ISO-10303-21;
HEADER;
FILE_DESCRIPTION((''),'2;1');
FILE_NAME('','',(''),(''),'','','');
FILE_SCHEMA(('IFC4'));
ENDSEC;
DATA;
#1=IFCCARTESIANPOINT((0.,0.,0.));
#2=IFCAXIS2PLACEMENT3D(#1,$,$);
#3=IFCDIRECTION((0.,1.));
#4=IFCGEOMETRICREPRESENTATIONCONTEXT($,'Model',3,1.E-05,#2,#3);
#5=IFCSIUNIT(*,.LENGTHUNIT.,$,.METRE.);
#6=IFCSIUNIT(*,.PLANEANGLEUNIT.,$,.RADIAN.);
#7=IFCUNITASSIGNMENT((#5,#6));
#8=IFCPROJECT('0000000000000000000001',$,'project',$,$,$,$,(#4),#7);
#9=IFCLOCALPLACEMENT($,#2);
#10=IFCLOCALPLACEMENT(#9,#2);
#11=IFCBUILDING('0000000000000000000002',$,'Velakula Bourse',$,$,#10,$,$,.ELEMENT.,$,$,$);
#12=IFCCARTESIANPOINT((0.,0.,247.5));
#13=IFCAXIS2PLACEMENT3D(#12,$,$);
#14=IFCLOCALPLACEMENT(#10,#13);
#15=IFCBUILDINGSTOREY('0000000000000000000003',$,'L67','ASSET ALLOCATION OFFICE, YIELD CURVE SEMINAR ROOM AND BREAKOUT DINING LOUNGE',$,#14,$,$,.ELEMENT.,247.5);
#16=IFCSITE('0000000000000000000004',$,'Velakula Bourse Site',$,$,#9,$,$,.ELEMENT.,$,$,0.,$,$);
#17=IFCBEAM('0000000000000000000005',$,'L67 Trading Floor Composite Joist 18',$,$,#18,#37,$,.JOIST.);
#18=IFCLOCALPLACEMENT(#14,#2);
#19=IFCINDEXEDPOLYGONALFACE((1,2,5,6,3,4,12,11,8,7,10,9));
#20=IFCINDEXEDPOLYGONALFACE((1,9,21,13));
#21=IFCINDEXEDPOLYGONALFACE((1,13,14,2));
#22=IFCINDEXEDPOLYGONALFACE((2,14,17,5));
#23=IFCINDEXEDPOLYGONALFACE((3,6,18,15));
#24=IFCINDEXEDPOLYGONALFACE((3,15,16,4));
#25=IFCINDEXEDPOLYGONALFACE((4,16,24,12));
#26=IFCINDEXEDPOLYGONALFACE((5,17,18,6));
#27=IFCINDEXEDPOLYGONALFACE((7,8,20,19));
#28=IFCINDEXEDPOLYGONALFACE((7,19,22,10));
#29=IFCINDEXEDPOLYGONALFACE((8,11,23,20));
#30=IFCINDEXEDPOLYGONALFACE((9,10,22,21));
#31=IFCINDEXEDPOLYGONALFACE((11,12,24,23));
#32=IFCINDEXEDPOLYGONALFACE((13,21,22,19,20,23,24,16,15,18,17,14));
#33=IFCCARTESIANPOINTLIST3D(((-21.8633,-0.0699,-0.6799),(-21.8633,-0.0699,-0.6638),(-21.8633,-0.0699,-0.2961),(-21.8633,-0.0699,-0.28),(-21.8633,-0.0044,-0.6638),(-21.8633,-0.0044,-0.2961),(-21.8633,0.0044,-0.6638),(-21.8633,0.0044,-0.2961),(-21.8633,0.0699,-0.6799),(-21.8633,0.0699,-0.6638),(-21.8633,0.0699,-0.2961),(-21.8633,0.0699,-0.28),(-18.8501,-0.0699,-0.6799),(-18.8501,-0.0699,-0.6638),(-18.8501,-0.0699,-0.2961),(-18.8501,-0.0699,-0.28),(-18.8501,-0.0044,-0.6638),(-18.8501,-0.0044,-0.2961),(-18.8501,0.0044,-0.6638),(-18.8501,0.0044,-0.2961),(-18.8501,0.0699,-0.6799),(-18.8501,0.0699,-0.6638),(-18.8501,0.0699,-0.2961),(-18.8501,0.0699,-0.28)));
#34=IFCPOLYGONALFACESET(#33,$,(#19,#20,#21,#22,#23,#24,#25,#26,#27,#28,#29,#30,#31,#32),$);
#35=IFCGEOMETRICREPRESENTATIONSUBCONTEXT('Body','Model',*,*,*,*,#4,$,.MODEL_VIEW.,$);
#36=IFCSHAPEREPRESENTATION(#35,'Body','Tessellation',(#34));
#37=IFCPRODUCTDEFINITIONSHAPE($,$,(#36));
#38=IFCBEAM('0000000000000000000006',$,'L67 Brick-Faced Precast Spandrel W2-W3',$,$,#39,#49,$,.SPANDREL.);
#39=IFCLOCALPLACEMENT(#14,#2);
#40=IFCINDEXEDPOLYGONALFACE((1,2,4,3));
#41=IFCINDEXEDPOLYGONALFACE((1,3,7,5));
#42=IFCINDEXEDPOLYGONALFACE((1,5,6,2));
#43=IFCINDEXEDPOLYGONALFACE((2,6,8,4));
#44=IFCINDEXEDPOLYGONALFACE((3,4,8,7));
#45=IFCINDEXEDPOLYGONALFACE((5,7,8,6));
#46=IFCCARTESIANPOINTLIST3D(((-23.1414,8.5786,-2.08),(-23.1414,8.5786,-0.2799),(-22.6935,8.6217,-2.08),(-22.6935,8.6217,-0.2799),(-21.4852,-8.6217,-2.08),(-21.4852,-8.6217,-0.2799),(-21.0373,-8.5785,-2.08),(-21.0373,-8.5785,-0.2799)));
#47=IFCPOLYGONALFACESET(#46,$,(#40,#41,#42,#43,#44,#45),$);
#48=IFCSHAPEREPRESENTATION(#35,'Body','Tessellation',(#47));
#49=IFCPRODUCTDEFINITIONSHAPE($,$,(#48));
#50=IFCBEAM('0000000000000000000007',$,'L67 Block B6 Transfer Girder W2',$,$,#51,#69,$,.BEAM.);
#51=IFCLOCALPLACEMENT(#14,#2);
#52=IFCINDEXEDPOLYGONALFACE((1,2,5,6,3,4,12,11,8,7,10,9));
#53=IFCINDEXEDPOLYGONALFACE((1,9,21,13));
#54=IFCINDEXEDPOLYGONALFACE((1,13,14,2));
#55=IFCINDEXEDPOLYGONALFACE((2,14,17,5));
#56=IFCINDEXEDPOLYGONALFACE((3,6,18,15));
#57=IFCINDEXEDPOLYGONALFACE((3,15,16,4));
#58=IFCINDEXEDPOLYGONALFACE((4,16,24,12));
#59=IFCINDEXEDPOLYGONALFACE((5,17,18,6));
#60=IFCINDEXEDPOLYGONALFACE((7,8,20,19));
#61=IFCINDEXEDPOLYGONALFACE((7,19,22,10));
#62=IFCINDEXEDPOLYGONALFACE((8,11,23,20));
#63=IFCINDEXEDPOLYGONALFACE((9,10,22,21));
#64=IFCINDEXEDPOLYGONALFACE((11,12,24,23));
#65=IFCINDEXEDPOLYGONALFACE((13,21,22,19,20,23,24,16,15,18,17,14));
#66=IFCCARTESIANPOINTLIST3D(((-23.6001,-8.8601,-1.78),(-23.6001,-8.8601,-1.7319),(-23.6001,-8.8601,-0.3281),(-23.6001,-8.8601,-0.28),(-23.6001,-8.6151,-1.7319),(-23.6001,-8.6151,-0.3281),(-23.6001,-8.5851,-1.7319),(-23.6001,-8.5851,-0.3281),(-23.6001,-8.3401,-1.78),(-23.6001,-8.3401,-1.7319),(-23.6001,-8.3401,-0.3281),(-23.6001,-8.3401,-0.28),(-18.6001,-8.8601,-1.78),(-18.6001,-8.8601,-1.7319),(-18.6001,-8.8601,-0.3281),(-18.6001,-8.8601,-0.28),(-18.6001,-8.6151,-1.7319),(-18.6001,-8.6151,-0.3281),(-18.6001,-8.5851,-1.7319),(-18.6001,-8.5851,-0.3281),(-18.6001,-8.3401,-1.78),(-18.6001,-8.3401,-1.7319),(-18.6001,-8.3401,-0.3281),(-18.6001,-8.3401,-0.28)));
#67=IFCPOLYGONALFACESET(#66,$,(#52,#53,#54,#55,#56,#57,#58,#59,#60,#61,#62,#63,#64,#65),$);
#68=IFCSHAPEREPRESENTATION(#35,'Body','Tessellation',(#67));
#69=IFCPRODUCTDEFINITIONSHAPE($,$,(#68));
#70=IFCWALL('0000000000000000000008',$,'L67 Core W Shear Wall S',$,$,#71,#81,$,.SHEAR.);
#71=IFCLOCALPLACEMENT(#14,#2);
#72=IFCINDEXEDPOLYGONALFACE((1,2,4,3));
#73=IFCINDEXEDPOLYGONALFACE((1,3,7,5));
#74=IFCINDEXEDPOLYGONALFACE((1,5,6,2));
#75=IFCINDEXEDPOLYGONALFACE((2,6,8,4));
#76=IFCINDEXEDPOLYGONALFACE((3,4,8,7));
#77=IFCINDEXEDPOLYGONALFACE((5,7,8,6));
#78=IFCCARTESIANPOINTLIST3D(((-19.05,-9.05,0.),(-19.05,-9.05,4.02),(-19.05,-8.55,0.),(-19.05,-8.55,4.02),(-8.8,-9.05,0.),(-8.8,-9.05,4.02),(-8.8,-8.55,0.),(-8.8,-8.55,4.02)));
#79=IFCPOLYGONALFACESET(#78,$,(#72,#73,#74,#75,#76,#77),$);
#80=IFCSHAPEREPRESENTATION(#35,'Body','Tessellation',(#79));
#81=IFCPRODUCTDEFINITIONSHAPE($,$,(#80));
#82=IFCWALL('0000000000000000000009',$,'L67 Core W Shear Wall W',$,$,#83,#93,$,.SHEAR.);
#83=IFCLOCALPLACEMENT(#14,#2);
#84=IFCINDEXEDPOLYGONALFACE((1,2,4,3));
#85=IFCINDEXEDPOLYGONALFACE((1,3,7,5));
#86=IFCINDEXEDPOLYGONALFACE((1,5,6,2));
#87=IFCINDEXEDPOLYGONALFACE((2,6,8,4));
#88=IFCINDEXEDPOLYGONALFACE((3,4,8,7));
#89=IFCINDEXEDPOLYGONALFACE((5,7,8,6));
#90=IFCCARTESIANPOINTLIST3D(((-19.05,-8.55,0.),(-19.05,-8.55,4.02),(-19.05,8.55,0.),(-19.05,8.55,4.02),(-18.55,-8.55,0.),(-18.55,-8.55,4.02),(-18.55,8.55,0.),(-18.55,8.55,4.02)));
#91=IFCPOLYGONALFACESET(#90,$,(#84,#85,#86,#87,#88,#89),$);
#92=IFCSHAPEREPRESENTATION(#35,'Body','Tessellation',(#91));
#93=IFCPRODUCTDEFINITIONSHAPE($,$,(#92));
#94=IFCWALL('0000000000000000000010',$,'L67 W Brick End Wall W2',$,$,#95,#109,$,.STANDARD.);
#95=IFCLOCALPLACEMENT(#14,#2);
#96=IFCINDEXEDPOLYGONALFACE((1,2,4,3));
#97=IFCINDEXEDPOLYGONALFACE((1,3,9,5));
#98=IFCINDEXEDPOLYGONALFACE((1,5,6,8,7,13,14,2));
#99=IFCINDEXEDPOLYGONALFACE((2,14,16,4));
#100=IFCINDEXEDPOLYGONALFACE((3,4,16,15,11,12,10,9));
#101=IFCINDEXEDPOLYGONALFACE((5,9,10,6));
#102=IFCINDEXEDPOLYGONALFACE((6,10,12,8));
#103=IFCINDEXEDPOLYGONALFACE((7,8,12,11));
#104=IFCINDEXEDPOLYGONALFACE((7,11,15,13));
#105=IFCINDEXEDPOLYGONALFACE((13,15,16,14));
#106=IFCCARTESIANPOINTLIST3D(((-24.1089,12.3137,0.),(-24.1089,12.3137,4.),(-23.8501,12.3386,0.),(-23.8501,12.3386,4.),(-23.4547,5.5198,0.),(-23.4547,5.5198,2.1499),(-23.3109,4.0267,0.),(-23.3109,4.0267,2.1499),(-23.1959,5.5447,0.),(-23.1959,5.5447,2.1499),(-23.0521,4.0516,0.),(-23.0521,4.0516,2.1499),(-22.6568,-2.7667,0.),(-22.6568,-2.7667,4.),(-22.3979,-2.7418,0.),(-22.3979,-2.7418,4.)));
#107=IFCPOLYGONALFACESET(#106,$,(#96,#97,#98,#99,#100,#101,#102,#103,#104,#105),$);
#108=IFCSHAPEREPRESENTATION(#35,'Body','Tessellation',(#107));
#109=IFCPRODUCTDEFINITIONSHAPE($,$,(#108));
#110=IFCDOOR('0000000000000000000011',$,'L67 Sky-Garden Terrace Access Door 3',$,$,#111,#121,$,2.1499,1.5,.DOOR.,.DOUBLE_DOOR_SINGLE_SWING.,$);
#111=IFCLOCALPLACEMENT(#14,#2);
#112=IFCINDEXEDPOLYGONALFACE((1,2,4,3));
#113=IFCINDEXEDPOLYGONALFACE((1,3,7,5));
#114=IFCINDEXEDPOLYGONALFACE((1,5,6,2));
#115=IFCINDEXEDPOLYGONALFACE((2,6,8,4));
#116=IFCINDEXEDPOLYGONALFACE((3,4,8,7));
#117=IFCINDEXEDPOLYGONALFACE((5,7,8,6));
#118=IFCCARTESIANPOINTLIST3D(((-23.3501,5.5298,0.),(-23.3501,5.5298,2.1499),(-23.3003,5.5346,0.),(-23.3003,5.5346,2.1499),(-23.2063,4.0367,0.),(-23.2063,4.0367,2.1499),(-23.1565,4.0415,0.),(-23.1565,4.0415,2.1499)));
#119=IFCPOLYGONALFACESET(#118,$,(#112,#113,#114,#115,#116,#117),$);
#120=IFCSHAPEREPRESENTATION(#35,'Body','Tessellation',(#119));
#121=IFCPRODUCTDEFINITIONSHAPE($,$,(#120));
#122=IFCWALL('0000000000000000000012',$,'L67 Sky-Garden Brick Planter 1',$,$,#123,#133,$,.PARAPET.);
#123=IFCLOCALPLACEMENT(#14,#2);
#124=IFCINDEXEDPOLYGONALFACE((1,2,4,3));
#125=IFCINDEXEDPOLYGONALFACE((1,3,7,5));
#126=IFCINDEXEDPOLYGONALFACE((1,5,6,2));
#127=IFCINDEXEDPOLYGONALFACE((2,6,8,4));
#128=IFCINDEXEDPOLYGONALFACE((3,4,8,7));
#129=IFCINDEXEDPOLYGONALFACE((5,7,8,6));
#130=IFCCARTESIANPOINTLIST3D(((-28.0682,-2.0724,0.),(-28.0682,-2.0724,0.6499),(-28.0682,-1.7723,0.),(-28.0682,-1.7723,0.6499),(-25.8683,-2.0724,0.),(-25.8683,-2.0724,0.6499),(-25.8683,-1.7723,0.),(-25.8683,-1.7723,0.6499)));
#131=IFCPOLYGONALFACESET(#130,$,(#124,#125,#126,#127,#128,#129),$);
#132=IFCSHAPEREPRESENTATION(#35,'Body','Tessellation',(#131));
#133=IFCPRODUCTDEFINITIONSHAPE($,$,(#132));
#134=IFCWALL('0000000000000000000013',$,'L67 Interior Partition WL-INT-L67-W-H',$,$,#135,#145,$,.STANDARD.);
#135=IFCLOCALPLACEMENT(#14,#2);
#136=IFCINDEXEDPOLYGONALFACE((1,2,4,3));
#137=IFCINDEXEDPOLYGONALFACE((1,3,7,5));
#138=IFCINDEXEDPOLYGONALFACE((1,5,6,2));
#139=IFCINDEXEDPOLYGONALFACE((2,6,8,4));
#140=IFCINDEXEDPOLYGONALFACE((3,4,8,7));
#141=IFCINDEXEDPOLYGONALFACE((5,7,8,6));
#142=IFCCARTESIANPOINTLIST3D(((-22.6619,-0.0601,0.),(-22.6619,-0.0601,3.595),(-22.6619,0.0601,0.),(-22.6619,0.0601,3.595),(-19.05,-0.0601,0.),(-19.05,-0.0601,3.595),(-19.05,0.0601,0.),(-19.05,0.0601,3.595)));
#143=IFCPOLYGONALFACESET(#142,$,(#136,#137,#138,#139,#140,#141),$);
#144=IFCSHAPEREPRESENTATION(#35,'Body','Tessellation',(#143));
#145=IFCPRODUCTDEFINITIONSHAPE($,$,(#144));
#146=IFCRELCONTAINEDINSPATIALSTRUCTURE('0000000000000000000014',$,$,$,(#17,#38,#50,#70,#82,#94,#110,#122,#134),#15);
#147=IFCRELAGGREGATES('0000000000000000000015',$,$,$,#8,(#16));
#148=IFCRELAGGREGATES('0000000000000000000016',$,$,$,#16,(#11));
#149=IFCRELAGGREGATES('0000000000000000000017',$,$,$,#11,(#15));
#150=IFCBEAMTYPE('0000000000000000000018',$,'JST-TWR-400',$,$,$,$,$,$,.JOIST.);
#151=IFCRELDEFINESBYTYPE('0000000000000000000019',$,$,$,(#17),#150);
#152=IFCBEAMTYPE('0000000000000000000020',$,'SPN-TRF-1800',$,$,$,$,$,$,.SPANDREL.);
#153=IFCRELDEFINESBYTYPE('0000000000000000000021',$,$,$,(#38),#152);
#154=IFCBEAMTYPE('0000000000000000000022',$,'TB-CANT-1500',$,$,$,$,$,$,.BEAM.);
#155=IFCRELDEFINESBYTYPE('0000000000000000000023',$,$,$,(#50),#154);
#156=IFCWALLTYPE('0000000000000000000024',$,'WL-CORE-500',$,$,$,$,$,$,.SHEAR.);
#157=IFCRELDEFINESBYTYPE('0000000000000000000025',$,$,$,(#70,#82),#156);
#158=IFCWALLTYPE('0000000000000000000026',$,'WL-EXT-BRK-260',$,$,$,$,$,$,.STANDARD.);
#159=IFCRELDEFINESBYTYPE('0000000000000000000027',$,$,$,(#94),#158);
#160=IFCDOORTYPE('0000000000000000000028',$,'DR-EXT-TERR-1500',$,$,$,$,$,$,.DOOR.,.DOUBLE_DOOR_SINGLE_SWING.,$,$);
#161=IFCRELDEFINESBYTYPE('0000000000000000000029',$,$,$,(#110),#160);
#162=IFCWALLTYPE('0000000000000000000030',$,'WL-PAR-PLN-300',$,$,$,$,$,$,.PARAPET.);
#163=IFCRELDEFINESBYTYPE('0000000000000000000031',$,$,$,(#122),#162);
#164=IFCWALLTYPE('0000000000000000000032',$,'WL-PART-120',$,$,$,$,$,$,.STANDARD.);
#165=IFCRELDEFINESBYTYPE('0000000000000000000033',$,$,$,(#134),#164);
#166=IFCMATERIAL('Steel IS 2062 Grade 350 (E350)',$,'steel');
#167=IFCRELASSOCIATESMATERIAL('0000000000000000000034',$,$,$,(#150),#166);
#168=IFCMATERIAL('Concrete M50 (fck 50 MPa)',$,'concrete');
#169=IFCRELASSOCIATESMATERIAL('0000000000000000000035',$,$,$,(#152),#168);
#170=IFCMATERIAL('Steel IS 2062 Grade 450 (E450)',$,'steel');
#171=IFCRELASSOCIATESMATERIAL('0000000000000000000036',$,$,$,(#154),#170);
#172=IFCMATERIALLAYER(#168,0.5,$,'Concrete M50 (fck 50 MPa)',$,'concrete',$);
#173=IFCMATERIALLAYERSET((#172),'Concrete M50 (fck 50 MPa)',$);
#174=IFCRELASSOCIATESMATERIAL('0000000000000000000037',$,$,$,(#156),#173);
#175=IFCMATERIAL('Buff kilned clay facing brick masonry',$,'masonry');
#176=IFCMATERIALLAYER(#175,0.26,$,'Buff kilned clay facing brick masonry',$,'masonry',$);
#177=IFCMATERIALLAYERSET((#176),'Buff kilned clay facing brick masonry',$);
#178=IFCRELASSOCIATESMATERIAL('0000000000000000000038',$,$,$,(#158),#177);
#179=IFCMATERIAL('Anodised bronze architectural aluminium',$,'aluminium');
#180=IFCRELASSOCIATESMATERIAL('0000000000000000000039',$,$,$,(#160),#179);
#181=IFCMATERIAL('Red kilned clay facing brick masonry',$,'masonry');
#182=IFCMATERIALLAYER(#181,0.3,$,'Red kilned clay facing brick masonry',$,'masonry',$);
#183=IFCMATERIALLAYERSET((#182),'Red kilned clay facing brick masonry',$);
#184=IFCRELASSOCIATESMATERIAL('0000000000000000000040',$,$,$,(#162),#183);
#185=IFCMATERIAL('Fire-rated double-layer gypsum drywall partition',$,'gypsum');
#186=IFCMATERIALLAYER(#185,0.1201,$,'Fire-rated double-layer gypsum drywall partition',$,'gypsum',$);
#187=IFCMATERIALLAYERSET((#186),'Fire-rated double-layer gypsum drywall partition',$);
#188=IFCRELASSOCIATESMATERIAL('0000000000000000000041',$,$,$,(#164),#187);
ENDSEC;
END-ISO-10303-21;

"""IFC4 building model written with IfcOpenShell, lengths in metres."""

from ifc_helpers import new_model, si_unit, direction, frame, frame_2d, origin, origin_2d, place, context, subcontext, project, spatial, rectangle, i_section, extrude, material, layer, layer_set, material_profile, profile_set, type_object, element, fill, save


model = new_model("IFC4")

# Units and contexts
model_context = context("Model", 3, precision=1e-05, world=origin(), true_north=direction((0.0, 1.0)))
body_context = subcontext(model_context, "Body", "Model", "MODEL_VIEW")
ifc_project = project(units=[si_unit("LENGTHUNIT", "METRE"), si_unit("PLANEANGLEUNIT", "RADIAN")], contexts=[model_context])

# Site, building, storey
site_placement = place(None, origin())
site = spatial("IfcSite", under=ifc_project, at=site_placement, Name="Velakula Bourse Site", CompositionType="ELEMENT", RefElevation=0.0)
building_placement = place(site_placement, origin())
building = spatial("IfcBuilding", under=site, at=building_placement, Name="Velakula Bourse", CompositionType="ELEMENT")
storey_placement = place(building_placement, frame((0.0, 0.0, 247.5)))
storey = spatial("IfcBuildingStorey", under=building, at=storey_placement, Name="L67", Description="ASSET ALLOCATION OFFICE, YIELD CURVE SEMINAR ROOM AND BREAKOUT DINING LOUNGE", CompositionType="ELEMENT", Elevation=247.5)

# Shared definitions
ifc_material_1 = material(Name="Concrete M50 (fck 50 MPa)", Category="concrete")
ifc_material_2 = material(Name="Steel IS 2062 Grade 350 (E350)", Category="steel")

# Beams
ifc_material_profile_1 = material_profile(ifc_material_2, i_section(OverallWidth=0.1399, OverallDepth=0.3999, WebThickness=0.0088, FlangeThickness=0.0161, at=origin_2d()), Name="Steel IS 2062 Grade 350 (E350)")
ifc_profile_set_1 = profile_set([ifc_material_profile_1], Name="Steel IS 2062 Grade 350 (E350)")
beam_type_1 = type_object("IfcBeamType", Name="JST-TWR-400", PredefinedType="JOIST", material=ifc_profile_set_1)
beam_1_placement = place(storey_placement, frame((-21.8633, 0.0, -0.48), z_axis=(1.0, 0.0, 0.0), x_axis=(0.0, 1.0, 0.0)))
element("IfcBeam", 1, at=beam_1_placement, inside=storey, type_object=beam_type_1, Name="L67 Trading Floor Composite Joist 18", PredefinedType="JOIST", context=body_context, shape_type="SweptSolid", body=[
    extrude(i_section(OverallWidth=0.1399, OverallDepth=0.3999, WebThickness=0.0088, FlangeThickness=0.0161, at=origin_2d()), origin(), (0.0, 0.0, 1.0), 3.0132),
])
ifc_material_profile_2 = material_profile(ifc_material_1, rectangle(XDim=0.45, YDim=1.8, at=origin_2d()), Name="Concrete M50 (fck 50 MPa)")
ifc_profile_set_2 = profile_set([ifc_material_profile_2], Name="Concrete M50 (fck 50 MPa)")
beam_type_2 = type_object("IfcBeamType", Name="SPN-TRF-1800", PredefinedType="SPANDREL", material=ifc_profile_set_2)
beam_2_placement = place(storey_placement, frame((-21.2612, -8.6001, -1.1799), z_axis=(-0.095849, 0.995396, 0.0), x_axis=(-0.995396, -0.095849, 0.0)))
element("IfcBeam", 2, at=beam_2_placement, inside=storey, type_object=beam_type_2, Name="L67 Brick-Faced Precast Spandrel W2-W3", PredefinedType="SPANDREL", context=body_context, shape_type="SweptSolid", body=[
    extrude(rectangle(XDim=0.45, YDim=1.8, at=origin_2d()), origin(), (0.0, 0.0, 1.0), 17.2798),
])
ifc_material_3 = material(Name="Steel IS 2062 Grade 450 (E450)", Category="steel")
ifc_material_profile_3 = material_profile(ifc_material_3, i_section(OverallWidth=0.52, OverallDepth=1.5, WebThickness=0.03, FlangeThickness=0.0481, at=origin_2d()), Name="Steel IS 2062 Grade 450 (E450)")
ifc_profile_set_3 = profile_set([ifc_material_profile_3], Name="Steel IS 2062 Grade 450 (E450)")
beam_type_3 = type_object("IfcBeamType", Name="TB-CANT-1500", PredefinedType="BEAM", material=ifc_profile_set_3)
beam_3_placement = place(storey_placement, frame((-23.6001, -8.6001, -1.03), z_axis=(1.0, 0.0, 0.0), x_axis=(0.0, 1.0, 0.0)))
element("IfcBeam", 3, at=beam_3_placement, inside=storey, type_object=beam_type_3, Name="L67 Block B6 Transfer Girder W2", PredefinedType="BEAM", context=body_context, shape_type="SweptSolid", body=[
    extrude(i_section(OverallWidth=0.52, OverallDepth=1.5, WebThickness=0.03, FlangeThickness=0.0481, at=origin_2d()), origin(), (0.0, 0.0, 1.0), 5.0),
])

# Walls
ifc_layer_1 = layer(ifc_material_1, 0.5, Name="Concrete M50 (fck 50 MPa)", Category="concrete")
ifc_layer_set_1 = layer_set([ifc_layer_1], Name="Concrete M50 (fck 50 MPa)")
wall_type_1 = type_object("IfcWallType", Name="WL-CORE-500", PredefinedType="SHEAR", material=ifc_layer_set_1)
wall_1_placement = place(storey_placement, frame((-19.05, -8.8, 0.0), z_axis=(0.0, 0.0, 1.0), x_axis=(1.0, 0.0, 0.0)))
element("IfcWall", 4, at=wall_1_placement, inside=storey, type_object=wall_type_1, Name="L67 Core W Shear Wall S", PredefinedType="SHEAR", context=body_context, shape_type="SweptSolid", body=[
    extrude(rectangle(XDim=10.25, YDim=0.5, at=frame_2d((5.125, 0.0))), origin(), (0.0, 0.0, 1.0), 4.02),
])
wall_2_placement = place(storey_placement, frame((-18.8, -8.55, 0.0), z_axis=(0.0, 0.0, 1.0), x_axis=(0.0, 1.0, 0.0)))
element("IfcWall", 5, at=wall_2_placement, inside=storey, type_object=wall_type_1, Name="L67 Core W Shear Wall W", PredefinedType="SHEAR", context=body_context, shape_type="SweptSolid", body=[
    extrude(rectangle(XDim=17.1001, YDim=0.5, at=frame_2d((8.55, 0.0))), origin(), (0.0, 0.0, 1.0), 4.02),
])

# Wall, opening, door
ifc_material_4 = material(Name="Buff kilned clay facing brick masonry", Category="masonry")
ifc_layer_2 = layer(ifc_material_4, 0.26, Name="Buff kilned clay facing brick masonry", Category="masonry")
ifc_layer_set_2 = layer_set([ifc_layer_2], Name="Buff kilned clay facing brick masonry")
wall_type_2 = type_object("IfcWallType", Name="WL-EXT-BRK-260", PredefinedType="STANDARD", material=ifc_layer_set_2)
wall_3_placement = place(storey_placement, frame((-22.5273, -2.7544, 0.0), z_axis=(0.0, 0.0, 1.0), x_axis=(-0.095851, 0.995396, 0.0)))
wall_3 = element("IfcWall", 6, at=wall_3_placement, inside=storey, type_object=wall_type_2, Name="L67 W Brick End Wall W2", PredefinedType="STANDARD", context=body_context, shape_type="SweptSolid", body=[
    extrude(rectangle(XDim=15.1501, YDim=0.26, at=frame_2d((7.5752, 0.0))), origin(), (0.0, 0.0, 1.0), 4.0),
])
opening_1_placement = place(wall_3_placement, frame((6.825, 0.0, 0.0)))
opening_1 = element("IfcOpeningElement", 7, at=opening_1_placement, cuts=wall_3, PredefinedType="OPENING", context=body_context, shape_type="SweptSolid", body=[
    extrude(rectangle(XDim=1.5, YDim=2.1499, at=frame_2d((0.75, 1.075))), frame((0.0, 0.1399, 0.0), z_axis=(0.0, -1.0, 0.0), x_axis=(1.0, 0.0, 0.0)), (0.0, 0.0, 1.0), 0.28),
])
ifc_material_5 = material(Name="Anodised bronze architectural aluminium", Category="aluminium")
door_type_1 = type_object("IfcDoorType", Name="DR-EXT-TERR-1500", OperationType="DOUBLE_DOOR_SINGLE_SWING", PredefinedType="DOOR", material=ifc_material_5)
door_1_placement = place(opening_1_placement, origin())
door_1 = element("IfcDoor", 8, at=door_1_placement, inside=storey, type_object=door_type_1, Name="L67 Sky-Garden Terrace Access Door 3", OperationType="DOUBLE_DOOR_SINGLE_SWING", OverallHeight=2.1499, OverallWidth=1.5, PredefinedType="DOOR", context=body_context, shape_type="SweptSolid", body=[
    extrude(rectangle(XDim=1.5, YDim=2.1499, at=frame_2d((0.75, 1.075))), frame((0.0, 0.0249, 0.0), z_axis=(0.0, -1.0, 0.0), x_axis=(1.0, 0.0, 0.0)), (0.0, 0.0, 1.0), 0.05),
])
fill(opening_1, door_1)

# Walls
ifc_material_6 = material(Name="Red kilned clay facing brick masonry", Category="masonry")
ifc_layer_3 = layer(ifc_material_6, 0.3, Name="Red kilned clay facing brick masonry", Category="masonry")
ifc_layer_set_3 = layer_set([ifc_layer_3], Name="Red kilned clay facing brick masonry")
wall_type_3 = type_object("IfcWallType", Name="WL-PAR-PLN-300", PredefinedType="PARAPET", material=ifc_layer_set_3)
wall_4_placement = place(storey_placement, frame((-28.0684, -1.9224, 0.0), z_axis=(0.0, 0.0, 1.0), x_axis=(1.0, 0.0, 0.0)))
element("IfcWall", 9, at=wall_4_placement, inside=storey, type_object=wall_type_3, Name="L67 Sky-Garden Brick Planter 1", PredefinedType="PARAPET", context=body_context, shape_type="SweptSolid", body=[
    extrude(rectangle(XDim=2.2, YDim=0.3, at=frame_2d((1.1001, 0.0))), origin(), (0.0, 0.0, 1.0), 0.6499),
])
ifc_material_7 = material(Name="Fire-rated double-layer gypsum drywall partition", Category="gypsum")
ifc_layer_4 = layer(ifc_material_7, 0.1201, Name="Fire-rated double-layer gypsum drywall partition", Category="gypsum")
ifc_layer_set_4 = layer_set([ifc_layer_4], Name="Fire-rated double-layer gypsum drywall partition")
wall_type_4 = type_object("IfcWallType", Name="WL-PART-120", PredefinedType="STANDARD", material=ifc_layer_set_4)
wall_5_placement = place(storey_placement, frame((-22.6619, 0.0, 0.0), z_axis=(0.0, 0.0, 1.0), x_axis=(1.0, 0.0, 0.0)))
element("IfcWall", 10, at=wall_5_placement, inside=storey, type_object=wall_type_4, Name="L67 Interior Partition WL-INT-L67-W-H", PredefinedType="STANDARD", context=body_context, shape_type="SweptSolid", body=[
    extrude(rectangle(XDim=3.6118, YDim=0.1201, at=frame_2d((1.8059, 0.0))), origin(), (0.0, 0.0, 1.0), 3.595),
])

save(model, "model.ifc")
